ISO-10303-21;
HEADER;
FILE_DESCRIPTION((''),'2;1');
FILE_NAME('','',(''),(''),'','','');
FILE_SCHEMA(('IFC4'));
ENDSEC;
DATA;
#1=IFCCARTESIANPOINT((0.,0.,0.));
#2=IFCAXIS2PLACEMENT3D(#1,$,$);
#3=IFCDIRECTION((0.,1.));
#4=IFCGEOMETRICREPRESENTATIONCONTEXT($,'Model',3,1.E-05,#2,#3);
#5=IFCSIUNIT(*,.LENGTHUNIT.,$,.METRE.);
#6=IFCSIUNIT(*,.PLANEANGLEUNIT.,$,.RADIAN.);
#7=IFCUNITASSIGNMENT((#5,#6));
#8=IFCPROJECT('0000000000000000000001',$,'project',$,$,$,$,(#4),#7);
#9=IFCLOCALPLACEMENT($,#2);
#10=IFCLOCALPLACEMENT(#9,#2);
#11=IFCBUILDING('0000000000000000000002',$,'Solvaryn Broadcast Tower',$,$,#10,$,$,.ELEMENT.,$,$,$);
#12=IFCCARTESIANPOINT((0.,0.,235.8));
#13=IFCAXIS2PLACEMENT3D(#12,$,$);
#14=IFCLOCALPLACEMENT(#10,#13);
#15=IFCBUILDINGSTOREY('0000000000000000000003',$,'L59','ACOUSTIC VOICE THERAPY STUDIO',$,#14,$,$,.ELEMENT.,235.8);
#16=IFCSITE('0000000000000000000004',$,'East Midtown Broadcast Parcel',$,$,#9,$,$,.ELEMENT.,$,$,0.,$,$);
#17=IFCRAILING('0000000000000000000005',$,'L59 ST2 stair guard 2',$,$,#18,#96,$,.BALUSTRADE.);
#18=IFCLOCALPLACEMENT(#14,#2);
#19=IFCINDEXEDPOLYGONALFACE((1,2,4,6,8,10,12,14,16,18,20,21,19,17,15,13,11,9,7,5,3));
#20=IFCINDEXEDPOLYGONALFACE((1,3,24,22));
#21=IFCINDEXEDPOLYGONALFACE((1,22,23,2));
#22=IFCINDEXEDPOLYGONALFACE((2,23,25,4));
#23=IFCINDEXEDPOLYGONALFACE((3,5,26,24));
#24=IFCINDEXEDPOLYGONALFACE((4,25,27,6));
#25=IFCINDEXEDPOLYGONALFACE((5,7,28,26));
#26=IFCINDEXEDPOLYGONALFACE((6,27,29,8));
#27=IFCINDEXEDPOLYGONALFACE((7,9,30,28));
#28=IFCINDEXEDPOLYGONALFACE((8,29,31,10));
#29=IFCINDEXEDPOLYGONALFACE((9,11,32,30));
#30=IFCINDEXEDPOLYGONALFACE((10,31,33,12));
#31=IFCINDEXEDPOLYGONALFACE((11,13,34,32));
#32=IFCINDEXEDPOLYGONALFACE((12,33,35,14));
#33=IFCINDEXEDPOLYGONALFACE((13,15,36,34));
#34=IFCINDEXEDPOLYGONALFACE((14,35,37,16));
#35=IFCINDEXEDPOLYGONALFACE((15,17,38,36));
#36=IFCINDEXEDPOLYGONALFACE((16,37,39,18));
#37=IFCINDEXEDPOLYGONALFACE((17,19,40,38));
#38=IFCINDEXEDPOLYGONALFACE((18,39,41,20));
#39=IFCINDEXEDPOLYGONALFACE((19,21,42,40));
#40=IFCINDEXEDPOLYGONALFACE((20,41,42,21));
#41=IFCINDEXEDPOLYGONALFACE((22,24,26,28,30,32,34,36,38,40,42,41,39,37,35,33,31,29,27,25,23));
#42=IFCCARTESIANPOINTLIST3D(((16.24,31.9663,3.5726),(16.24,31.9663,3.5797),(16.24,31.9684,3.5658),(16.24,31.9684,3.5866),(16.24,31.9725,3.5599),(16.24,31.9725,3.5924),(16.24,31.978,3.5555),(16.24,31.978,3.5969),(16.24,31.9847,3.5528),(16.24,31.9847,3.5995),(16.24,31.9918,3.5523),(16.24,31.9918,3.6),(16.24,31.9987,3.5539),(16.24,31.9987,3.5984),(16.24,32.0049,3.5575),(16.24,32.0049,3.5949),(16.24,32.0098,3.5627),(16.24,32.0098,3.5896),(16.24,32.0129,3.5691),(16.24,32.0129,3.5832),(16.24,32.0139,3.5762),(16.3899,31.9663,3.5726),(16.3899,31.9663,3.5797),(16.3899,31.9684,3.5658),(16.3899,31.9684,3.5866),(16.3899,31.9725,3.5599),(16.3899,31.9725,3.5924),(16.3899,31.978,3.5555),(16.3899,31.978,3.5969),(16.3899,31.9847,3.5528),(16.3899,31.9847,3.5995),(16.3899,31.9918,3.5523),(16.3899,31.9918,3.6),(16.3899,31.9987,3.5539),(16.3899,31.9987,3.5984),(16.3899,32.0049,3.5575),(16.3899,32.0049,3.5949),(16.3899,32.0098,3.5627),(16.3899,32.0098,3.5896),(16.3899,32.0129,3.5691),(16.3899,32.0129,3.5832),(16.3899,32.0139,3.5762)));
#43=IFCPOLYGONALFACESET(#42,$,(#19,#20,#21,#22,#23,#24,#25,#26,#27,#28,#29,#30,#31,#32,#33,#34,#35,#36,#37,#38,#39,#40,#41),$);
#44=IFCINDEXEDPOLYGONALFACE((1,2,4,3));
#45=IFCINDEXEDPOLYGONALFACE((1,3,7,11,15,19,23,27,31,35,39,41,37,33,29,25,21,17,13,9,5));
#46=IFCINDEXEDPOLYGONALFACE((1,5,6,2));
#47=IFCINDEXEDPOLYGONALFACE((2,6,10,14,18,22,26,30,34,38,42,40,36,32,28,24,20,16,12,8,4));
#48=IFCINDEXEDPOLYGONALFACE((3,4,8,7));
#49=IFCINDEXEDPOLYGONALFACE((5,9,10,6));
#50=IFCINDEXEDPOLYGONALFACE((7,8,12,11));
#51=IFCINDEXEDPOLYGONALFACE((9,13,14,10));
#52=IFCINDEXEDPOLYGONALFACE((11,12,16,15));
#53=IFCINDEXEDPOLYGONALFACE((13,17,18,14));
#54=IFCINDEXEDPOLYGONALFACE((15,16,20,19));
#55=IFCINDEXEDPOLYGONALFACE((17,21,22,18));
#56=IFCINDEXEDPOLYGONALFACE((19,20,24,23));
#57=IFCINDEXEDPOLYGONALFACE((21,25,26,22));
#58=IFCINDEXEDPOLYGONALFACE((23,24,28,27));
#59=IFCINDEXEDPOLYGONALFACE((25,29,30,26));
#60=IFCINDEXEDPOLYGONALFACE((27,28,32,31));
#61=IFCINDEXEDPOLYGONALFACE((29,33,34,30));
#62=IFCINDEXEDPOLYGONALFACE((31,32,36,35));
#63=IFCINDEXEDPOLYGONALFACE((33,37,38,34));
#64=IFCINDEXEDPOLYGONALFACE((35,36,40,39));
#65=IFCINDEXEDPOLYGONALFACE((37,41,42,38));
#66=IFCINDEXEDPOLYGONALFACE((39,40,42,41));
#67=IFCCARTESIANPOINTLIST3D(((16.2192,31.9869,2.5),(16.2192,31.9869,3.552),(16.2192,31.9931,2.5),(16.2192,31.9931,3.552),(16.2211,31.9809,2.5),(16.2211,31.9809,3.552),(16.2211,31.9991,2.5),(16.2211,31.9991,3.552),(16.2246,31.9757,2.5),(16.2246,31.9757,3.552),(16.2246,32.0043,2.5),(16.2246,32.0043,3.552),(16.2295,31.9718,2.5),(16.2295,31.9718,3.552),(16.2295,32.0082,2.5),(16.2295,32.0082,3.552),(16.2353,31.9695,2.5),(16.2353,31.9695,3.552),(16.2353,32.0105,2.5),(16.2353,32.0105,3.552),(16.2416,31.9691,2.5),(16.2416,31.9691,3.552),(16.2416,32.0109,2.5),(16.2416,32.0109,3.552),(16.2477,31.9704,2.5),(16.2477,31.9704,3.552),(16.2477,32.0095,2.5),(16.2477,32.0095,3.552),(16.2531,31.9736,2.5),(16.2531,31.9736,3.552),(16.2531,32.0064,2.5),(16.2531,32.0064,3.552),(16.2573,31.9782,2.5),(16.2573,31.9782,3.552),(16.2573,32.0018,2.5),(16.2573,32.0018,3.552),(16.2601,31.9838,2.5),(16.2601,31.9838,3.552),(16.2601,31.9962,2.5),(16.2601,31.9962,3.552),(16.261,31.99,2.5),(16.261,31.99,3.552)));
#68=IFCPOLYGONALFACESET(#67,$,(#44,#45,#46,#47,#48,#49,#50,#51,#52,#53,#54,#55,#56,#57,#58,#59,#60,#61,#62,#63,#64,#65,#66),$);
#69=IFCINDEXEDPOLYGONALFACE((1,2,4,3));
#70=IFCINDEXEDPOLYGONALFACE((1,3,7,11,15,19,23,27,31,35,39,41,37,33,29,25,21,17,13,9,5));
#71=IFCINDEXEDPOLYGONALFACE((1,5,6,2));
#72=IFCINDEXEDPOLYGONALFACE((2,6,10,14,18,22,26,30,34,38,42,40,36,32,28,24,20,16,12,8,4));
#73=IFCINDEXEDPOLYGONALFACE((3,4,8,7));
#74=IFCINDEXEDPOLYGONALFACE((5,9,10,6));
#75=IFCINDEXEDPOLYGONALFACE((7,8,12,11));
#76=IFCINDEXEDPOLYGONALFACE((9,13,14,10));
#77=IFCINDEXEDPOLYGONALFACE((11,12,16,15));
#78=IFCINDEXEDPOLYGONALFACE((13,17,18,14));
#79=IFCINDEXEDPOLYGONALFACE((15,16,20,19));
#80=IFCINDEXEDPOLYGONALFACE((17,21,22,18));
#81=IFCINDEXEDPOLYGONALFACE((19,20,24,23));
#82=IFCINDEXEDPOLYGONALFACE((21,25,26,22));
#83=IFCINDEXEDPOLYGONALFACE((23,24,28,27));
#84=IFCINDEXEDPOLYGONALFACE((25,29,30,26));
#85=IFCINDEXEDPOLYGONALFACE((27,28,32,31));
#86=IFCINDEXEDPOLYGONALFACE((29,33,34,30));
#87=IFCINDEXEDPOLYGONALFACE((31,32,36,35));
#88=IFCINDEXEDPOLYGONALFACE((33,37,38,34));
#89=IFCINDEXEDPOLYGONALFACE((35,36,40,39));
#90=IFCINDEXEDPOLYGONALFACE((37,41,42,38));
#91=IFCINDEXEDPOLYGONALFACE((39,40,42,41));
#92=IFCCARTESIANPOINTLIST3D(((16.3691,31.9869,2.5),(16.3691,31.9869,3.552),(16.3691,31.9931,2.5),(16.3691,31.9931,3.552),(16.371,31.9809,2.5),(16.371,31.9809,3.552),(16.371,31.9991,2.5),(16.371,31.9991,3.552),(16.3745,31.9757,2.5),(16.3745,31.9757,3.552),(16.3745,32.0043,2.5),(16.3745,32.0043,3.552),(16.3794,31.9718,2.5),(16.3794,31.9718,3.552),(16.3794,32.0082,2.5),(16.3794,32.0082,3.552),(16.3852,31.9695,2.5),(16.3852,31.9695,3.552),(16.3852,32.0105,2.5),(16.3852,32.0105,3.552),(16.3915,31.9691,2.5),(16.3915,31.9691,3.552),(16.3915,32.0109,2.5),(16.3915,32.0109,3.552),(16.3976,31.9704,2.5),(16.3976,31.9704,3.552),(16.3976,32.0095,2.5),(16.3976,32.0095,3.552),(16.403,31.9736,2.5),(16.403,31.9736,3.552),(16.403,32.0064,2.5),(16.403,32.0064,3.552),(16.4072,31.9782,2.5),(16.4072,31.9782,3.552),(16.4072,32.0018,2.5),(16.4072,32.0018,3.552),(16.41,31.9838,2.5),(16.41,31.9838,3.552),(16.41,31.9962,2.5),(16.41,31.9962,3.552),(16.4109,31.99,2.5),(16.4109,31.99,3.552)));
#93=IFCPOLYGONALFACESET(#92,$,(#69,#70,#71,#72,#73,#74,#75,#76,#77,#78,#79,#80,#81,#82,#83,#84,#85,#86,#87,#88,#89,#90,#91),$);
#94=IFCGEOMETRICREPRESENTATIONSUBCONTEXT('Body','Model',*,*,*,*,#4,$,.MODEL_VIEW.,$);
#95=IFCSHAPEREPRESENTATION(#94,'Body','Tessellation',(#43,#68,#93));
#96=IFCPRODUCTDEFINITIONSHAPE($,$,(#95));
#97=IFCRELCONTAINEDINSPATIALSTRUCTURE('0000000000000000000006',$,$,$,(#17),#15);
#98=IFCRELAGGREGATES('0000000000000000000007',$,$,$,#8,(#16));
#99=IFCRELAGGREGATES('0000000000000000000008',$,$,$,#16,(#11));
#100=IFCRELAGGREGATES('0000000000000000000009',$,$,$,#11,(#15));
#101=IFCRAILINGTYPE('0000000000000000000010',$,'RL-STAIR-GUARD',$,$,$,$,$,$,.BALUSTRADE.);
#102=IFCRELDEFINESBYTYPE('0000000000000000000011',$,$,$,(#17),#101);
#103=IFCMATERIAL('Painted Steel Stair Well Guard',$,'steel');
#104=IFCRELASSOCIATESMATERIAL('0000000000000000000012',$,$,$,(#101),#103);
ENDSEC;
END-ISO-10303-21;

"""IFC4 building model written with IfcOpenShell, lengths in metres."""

from ifc_helpers import new_model, si_unit, direction, frame, origin, origin_2d, place, context, subcontext, project, spatial, circle, extrude, material, type_object, element, save


model = new_model("IFC4")

# Units and contexts
model_context = context("Model", 3, precision=1e-05, world=origin(), true_north=direction((0.0, 1.0)))
body_context = subcontext(model_context, "Body", "Model", "MODEL_VIEW")
ifc_project = project(units=[si_unit("LENGTHUNIT", "METRE"), si_unit("PLANEANGLEUNIT", "RADIAN")], contexts=[model_context])

# Site, building, storey
site_placement = place(None, origin())
site = spatial("IfcSite", under=ifc_project, at=site_placement, Name="East Midtown Broadcast Parcel", CompositionType="ELEMENT", RefElevation=0.0)
building_placement = place(site_placement, origin())
building = spatial("IfcBuilding", under=site, at=building_placement, Name="Solvaryn Broadcast Tower", CompositionType="ELEMENT")
storey_placement = place(building_placement, frame((0.0, 0.0, 235.8)))
storey = spatial("IfcBuildingStorey", under=building, at=storey_placement, Name="L59", Description="ACOUSTIC VOICE THERAPY STUDIO", CompositionType="ELEMENT", Elevation=235.8)

# Railing
ifc_material_1 = material(Name="Painted Steel Stair Well Guard", Category="steel")
railing_type_1 = type_object("IfcRailingType", Name="RL-STAIR-GUARD", PredefinedType="BALUSTRADE", material=ifc_material_1)
railing_1_placement = place(storey_placement, frame((16.24, 31.99, 2.5)))
element("IfcRailing", 1, at=railing_1_placement, inside=storey, type_object=railing_type_1, Name="L59 ST2 stair guard 2", PredefinedType="BALUSTRADE", context=body_context, shape_type="SweptSolid", body=[
    extrude(circle(Radius=0.0239, at=origin_2d()), frame((0.0, 0.0, 1.0762), z_axis=(1.0, 0.0, 0.0), x_axis=(0.0, 1.0, 0.0)), (0.0, 0.0, 1.0), 0.1499),
    extrude(circle(Radius=0.021, at=origin_2d()), origin(), (0.0, 0.0, 1.0), 1.052),
    extrude(circle(Radius=0.021, at=origin_2d()), frame((0.1499, 0.0, 0.0)), (0.0, 0.0, 1.0), 1.052),
])

save(model, "model.ifc")
